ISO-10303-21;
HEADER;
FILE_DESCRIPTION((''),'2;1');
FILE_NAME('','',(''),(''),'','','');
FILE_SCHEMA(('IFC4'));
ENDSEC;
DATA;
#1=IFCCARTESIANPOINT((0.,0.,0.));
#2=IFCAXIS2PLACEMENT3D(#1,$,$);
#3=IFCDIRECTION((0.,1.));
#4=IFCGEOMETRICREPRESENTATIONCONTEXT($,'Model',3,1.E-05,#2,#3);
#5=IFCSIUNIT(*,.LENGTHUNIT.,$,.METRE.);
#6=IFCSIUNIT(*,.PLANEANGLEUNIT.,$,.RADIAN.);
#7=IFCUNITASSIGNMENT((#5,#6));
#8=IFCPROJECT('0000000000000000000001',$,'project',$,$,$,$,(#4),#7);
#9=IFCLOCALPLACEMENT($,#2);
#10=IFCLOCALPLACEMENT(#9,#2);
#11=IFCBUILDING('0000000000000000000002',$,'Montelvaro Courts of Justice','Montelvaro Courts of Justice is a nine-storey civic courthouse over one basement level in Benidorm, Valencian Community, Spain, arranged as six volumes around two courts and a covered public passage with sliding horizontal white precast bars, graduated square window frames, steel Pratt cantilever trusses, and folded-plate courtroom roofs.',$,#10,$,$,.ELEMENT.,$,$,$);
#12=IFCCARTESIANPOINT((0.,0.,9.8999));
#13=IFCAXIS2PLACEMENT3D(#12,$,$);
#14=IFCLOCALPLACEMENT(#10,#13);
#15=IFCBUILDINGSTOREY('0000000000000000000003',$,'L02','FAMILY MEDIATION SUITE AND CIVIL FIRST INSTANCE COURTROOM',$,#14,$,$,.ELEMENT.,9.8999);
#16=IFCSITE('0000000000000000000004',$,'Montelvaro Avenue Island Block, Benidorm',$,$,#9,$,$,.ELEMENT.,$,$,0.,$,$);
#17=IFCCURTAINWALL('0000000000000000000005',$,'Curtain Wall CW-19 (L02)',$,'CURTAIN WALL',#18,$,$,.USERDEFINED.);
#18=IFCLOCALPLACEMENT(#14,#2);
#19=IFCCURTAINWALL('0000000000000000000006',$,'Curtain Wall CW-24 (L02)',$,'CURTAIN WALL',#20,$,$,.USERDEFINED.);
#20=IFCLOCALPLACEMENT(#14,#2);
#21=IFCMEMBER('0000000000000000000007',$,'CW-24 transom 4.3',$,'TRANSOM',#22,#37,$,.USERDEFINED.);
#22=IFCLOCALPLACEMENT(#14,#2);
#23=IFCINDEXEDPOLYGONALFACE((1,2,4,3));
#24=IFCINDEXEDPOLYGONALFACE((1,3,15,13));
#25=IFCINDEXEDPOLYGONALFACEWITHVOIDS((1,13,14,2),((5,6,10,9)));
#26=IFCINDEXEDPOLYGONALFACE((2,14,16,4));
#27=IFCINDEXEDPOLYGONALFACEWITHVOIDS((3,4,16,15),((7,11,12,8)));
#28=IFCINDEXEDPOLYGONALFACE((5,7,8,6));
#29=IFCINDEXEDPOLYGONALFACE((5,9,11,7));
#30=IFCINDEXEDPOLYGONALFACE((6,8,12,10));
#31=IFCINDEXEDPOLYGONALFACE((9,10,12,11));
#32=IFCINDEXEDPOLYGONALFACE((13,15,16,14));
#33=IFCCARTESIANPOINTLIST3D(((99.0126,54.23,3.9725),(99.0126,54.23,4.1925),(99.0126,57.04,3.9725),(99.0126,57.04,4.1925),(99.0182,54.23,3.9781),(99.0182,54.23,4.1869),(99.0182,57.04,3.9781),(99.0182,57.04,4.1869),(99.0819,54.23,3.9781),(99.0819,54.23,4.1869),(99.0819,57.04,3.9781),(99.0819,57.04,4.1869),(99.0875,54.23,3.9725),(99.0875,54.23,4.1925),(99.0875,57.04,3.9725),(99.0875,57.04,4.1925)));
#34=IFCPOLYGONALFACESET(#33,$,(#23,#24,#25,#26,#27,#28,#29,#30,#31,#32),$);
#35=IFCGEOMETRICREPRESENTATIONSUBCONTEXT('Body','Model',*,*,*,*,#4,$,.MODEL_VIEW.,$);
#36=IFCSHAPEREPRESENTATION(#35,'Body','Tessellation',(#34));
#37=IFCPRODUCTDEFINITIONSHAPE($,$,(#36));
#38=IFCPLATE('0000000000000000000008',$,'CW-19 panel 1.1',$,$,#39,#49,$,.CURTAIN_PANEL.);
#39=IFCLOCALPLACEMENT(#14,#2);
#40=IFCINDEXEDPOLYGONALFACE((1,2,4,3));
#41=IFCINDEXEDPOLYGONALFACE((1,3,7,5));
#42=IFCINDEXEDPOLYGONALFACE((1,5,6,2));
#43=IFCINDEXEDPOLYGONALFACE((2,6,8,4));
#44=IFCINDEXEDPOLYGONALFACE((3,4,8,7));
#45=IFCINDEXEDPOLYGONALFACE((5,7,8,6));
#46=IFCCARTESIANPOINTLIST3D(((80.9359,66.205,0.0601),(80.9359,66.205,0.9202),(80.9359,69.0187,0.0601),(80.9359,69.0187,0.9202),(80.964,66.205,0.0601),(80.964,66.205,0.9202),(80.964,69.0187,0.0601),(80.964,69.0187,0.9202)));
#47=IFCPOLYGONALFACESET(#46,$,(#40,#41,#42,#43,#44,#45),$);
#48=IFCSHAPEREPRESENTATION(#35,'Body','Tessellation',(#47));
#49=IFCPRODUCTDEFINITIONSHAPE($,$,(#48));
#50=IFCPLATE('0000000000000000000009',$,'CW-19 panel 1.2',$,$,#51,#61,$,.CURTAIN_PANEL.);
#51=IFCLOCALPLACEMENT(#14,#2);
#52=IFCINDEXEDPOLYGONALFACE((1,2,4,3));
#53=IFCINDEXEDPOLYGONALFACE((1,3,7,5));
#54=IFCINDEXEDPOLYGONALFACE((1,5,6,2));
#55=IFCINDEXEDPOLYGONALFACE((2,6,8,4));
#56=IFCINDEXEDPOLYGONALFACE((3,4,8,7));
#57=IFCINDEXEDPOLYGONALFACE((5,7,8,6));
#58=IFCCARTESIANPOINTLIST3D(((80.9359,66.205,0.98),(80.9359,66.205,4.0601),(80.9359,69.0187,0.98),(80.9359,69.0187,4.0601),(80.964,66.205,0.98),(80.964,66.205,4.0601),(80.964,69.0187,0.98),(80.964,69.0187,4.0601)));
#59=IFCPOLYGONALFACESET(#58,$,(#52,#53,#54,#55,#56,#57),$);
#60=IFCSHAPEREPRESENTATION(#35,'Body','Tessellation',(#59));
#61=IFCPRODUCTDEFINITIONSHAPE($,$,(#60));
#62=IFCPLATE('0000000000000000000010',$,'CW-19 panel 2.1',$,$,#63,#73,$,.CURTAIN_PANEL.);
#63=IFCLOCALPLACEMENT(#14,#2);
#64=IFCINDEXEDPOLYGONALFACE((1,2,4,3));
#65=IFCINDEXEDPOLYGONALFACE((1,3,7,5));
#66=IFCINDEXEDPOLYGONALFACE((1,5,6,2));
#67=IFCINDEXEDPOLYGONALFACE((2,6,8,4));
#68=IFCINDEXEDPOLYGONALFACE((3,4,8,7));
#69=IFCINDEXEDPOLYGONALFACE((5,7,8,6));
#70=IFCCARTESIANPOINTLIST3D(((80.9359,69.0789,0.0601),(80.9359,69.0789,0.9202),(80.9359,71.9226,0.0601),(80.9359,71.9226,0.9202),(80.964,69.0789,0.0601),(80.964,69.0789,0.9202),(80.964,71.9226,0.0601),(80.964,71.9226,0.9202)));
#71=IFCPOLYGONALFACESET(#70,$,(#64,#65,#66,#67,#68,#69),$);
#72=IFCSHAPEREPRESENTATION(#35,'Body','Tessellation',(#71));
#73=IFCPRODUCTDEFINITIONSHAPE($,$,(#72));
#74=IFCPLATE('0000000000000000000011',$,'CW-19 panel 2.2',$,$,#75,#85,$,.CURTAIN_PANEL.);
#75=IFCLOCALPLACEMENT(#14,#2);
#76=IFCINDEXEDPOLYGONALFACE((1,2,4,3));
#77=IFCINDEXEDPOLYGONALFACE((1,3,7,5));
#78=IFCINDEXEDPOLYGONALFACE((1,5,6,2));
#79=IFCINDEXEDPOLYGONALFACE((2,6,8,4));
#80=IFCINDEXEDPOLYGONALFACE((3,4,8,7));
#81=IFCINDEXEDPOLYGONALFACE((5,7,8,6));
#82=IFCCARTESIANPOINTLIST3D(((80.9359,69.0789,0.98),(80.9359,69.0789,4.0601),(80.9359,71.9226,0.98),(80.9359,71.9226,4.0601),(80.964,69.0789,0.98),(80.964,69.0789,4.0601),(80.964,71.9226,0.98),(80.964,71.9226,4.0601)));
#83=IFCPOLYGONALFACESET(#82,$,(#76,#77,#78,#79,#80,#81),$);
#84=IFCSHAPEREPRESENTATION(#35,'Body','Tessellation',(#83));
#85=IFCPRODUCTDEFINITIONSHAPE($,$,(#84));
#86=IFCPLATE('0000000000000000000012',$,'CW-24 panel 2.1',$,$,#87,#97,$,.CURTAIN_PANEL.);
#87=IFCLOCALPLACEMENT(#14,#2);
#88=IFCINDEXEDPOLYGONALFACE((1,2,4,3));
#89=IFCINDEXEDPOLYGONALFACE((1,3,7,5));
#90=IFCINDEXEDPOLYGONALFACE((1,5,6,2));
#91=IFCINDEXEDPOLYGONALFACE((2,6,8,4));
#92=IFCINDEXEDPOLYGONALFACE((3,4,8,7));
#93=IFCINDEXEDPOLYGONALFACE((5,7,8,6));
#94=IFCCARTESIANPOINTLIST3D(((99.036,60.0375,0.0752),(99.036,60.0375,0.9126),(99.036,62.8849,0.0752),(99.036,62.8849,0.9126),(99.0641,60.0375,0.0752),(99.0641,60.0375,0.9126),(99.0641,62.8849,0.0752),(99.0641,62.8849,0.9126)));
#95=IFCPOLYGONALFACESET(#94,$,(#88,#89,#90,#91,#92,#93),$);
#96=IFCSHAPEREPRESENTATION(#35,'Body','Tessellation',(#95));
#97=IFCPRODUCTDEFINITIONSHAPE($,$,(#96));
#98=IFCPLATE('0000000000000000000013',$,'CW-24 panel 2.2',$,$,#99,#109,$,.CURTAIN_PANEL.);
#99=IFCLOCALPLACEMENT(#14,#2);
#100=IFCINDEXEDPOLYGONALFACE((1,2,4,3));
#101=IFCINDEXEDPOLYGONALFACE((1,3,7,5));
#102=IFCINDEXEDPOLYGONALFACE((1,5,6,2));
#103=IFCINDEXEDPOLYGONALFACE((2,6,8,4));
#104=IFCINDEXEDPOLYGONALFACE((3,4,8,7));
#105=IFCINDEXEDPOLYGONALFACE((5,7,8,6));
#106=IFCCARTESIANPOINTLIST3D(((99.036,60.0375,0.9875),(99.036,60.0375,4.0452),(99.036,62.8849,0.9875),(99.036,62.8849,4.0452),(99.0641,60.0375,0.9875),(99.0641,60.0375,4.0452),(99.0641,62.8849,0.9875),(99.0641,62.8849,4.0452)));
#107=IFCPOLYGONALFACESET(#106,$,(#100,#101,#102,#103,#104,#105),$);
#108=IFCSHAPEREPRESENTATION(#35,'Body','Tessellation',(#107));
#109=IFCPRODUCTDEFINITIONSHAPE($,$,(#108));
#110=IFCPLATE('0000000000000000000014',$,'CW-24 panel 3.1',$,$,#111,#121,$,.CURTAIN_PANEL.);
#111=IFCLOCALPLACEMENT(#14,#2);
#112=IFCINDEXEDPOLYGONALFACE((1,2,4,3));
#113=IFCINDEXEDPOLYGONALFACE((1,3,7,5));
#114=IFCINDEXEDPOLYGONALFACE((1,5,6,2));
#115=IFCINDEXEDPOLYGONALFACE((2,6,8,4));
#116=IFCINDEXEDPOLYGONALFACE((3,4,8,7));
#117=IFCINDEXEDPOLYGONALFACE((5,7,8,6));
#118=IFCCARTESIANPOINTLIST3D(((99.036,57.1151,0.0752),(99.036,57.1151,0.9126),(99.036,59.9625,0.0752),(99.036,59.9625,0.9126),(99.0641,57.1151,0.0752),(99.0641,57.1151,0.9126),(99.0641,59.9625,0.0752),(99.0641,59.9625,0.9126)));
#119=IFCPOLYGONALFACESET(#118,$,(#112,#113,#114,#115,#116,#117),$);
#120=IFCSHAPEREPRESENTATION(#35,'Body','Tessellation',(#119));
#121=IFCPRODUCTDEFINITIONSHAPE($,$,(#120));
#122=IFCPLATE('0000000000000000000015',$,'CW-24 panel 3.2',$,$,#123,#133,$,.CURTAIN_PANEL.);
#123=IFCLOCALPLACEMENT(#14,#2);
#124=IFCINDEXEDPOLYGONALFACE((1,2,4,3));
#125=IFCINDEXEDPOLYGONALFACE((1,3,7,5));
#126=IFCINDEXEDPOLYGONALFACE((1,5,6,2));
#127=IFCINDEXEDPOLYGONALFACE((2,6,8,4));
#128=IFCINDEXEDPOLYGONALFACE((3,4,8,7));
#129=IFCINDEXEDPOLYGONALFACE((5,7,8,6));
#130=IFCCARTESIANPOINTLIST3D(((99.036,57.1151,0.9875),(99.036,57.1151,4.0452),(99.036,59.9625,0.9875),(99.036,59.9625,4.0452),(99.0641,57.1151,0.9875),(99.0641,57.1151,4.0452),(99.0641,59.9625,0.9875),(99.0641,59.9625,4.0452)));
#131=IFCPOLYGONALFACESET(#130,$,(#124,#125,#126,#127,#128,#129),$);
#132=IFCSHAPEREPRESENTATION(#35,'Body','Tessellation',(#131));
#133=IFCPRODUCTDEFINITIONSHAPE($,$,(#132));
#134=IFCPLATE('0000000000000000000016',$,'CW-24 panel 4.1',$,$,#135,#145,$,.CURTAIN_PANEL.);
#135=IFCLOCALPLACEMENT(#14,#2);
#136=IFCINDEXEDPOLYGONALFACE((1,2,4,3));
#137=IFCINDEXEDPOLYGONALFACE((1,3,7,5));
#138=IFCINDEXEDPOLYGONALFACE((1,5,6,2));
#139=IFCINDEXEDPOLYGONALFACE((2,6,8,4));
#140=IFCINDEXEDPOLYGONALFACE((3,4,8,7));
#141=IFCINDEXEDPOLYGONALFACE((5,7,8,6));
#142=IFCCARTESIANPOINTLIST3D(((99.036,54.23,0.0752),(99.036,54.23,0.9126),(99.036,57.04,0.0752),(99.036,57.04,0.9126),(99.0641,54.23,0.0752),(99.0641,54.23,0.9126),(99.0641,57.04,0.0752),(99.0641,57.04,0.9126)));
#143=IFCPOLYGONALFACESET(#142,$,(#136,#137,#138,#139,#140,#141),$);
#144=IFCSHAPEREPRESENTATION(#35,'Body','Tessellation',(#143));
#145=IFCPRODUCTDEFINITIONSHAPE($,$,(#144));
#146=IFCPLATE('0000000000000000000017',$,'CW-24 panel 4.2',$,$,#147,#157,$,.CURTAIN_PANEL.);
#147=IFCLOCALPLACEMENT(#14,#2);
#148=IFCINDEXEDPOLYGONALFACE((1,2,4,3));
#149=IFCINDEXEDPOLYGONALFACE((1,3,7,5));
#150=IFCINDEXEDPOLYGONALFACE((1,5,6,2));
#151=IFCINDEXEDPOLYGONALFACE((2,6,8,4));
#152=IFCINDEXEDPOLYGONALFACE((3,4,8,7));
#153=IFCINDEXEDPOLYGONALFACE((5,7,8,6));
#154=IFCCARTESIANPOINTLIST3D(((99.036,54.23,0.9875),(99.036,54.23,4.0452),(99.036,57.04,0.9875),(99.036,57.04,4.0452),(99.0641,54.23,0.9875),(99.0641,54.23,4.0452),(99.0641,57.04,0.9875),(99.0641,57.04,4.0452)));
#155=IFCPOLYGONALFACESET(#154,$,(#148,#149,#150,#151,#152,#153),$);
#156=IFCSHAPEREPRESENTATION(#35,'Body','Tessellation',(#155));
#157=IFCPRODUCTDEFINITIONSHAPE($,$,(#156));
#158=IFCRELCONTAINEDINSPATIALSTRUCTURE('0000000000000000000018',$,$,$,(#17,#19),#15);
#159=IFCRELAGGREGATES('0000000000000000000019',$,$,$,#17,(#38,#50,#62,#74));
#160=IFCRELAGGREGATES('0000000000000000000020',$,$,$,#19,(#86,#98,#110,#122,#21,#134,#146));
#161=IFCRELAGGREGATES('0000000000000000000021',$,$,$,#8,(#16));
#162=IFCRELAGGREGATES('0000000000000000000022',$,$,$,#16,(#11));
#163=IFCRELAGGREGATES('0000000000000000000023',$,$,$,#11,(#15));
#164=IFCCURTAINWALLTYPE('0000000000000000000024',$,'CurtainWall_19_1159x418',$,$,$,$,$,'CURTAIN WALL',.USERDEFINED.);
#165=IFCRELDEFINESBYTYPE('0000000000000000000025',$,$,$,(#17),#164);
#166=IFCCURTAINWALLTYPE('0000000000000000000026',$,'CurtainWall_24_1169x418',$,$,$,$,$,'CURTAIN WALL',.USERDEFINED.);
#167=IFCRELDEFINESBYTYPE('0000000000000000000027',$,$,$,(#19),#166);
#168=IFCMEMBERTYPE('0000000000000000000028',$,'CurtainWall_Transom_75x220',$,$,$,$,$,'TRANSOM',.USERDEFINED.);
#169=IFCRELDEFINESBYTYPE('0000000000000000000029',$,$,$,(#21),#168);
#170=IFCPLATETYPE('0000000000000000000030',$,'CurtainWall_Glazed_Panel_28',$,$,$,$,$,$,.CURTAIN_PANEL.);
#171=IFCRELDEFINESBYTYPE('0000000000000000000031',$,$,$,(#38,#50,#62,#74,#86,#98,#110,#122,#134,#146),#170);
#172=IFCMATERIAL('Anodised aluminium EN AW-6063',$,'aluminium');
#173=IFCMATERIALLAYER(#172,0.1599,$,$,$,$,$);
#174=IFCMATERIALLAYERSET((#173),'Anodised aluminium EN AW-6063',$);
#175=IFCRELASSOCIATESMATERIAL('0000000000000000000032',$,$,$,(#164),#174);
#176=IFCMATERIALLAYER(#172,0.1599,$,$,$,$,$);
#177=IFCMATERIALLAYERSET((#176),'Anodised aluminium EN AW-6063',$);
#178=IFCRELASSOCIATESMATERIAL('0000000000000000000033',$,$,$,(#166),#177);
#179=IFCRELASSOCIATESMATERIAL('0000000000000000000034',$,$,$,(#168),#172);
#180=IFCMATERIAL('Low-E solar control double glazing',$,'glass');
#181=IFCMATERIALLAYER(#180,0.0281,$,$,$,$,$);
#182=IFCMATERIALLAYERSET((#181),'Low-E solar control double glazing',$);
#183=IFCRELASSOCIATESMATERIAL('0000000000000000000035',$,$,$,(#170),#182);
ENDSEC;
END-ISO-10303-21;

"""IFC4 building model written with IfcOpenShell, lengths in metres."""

from ifc_helpers import new_model, si_unit, direction, frame, origin, origin_2d, place, context, subcontext, project, spatial, rectangle, hollow_rectangle, extrude, material, layer, layer_set, material_profile, profile_set, type_object, element, aggregate, save


model = new_model("IFC4")

# Units and contexts
model_context = context("Model", 3, precision=1e-05, world=origin(), true_north=direction((0.0, 1.0)))
body_context = subcontext(model_context, "Body", "Model", "MODEL_VIEW")
ifc_project = project(units=[si_unit("LENGTHUNIT", "METRE"), si_unit("PLANEANGLEUNIT", "RADIAN")], contexts=[model_context])

# Site, building, storey
site_placement = place(None, origin())
site = spatial("IfcSite", under=ifc_project, at=site_placement, Name="Montelvaro Avenue Island Block, Benidorm", CompositionType="ELEMENT", RefElevation=0.0)
building_placement = place(site_placement, origin())
building = spatial("IfcBuilding", under=site, at=building_placement, Name="Montelvaro Courts of Justice", Description="Montelvaro Courts of Justice is a nine-storey civic courthouse over one basement level in Benidorm, Valencian Community, Spain, arranged as six volumes around two courts and a covered public passage with sliding horizontal white precast bars, graduated square window frames, steel Pratt cantilever trusses, and folded-plate courtroom roofs.", CompositionType="ELEMENT")
storey_placement = place(building_placement, frame((0.0, 0.0, 9.8999)))
storey = spatial("IfcBuildingStorey", under=building, at=storey_placement, Name="L02", Description="FAMILY MEDIATION SUITE AND CIVIL FIRST INSTANCE COURTROOM", CompositionType="ELEMENT", Elevation=9.8999)

# Curtain walls
ifc_material_1 = material(Name="Anodised aluminium EN AW-6063", Category="aluminium")
ifc_layer_1 = layer(ifc_material_1, 0.1599)
ifc_layer_set_1 = layer_set([ifc_layer_1], Name="Anodised aluminium EN AW-6063")
curtain_wall_type_1 = type_object("IfcCurtainWallType", Name="CurtainWall_19_1159x418", ElementType="CURTAIN WALL", PredefinedType="USERDEFINED", material=ifc_layer_set_1)
curtain_wall_1_placement = place(storey_placement, origin())
curtain_wall_1 = element("IfcCurtainWall", 1, at=curtain_wall_1_placement, inside=storey, type_object=curtain_wall_type_1, Name="Curtain Wall CW-19 (L02)", ObjectType="CURTAIN WALL", PredefinedType="USERDEFINED")
ifc_layer_2 = layer(ifc_material_1, 0.1599)
ifc_layer_set_2 = layer_set([ifc_layer_2], Name="Anodised aluminium EN AW-6063")
curtain_wall_type_2 = type_object("IfcCurtainWallType", Name="CurtainWall_24_1169x418", ElementType="CURTAIN WALL", PredefinedType="USERDEFINED", material=ifc_layer_set_2)
curtain_wall_2_placement = place(storey_placement, origin())
curtain_wall_2 = element("IfcCurtainWall", 2, at=curtain_wall_2_placement, inside=storey, type_object=curtain_wall_type_2, Name="Curtain Wall CW-24 (L02)", ObjectType="CURTAIN WALL", PredefinedType="USERDEFINED")

# Member
ifc_material_profile_1 = material_profile(ifc_material_1, hollow_rectangle(XDim=0.075, YDim=0.22, WallThickness=0.0056, at=origin_2d()), Name="ALU-T 75x220")
ifc_profile_set_1 = profile_set([ifc_material_profile_1], Name="Anodised aluminium EN AW-6063")
member_type_1 = type_object("IfcMemberType", Name="CurtainWall_Transom_75x220", ElementType="TRANSOM", PredefinedType="USERDEFINED", material=ifc_profile_set_1)
member_1_placement = place(storey_placement, frame((99.05, 57.04, 4.0825), z_axis=(0.0, -1.0, 0.0), x_axis=(1.0, 0.0, 0.0)))
member_1 = element("IfcMember", 3, at=member_1_placement, type_object=member_type_1, Name="CW-24 transom 4.3", ObjectType="TRANSOM", PredefinedType="USERDEFINED", context=body_context, shape_type="SweptSolid", body=[
    extrude(hollow_rectangle(XDim=0.075, YDim=0.22, WallThickness=0.0056, at=origin_2d()), origin(), (0.0, 0.0, 1.0), 2.8101),
])

# Plates
ifc_material_2 = material(Name="Low-E solar control double glazing", Category="glass")
ifc_layer_3 = layer(ifc_material_2, 0.0281)
ifc_layer_set_3 = layer_set([ifc_layer_3], Name="Low-E solar control double glazing")
plate_type = type_object("IfcPlateType", Name="CurtainWall_Glazed_Panel_28", PredefinedType="CURTAIN_PANEL", material=ifc_layer_set_3)
plate_1_placement = place(storey_placement, frame((80.95, 67.6118, 0.0601), z_axis=(0.0, 0.0, 1.0), x_axis=(0.0, 1.0, 0.0)))
plate_1 = element("IfcPlate", 4, at=plate_1_placement, type_object=plate_type, Name="CW-19 panel 1.1", PredefinedType="CURTAIN_PANEL", context=body_context, shape_type="SweptSolid", body=[
    extrude(rectangle(XDim=2.8137, YDim=0.0281, at=origin_2d()), origin(), (0.0, 0.0, 1.0), 0.8601),
])
plate_2_placement = place(storey_placement, frame((80.95, 67.6118, 0.98), z_axis=(0.0, 0.0, 1.0), x_axis=(0.0, 1.0, 0.0)))
plate_2 = element("IfcPlate", 5, at=plate_2_placement, type_object=plate_type, Name="CW-19 panel 1.2", PredefinedType="CURTAIN_PANEL", context=body_context, shape_type="SweptSolid", body=[
    extrude(rectangle(XDim=2.8137, YDim=0.0281, at=origin_2d()), origin(), (0.0, 0.0, 1.0), 3.0801),
])
plate_3_placement = place(storey_placement, frame((80.95, 70.5007, 0.0601), z_axis=(0.0, 0.0, 1.0), x_axis=(0.0, 1.0, 0.0)))
plate_3 = element("IfcPlate", 6, at=plate_3_placement, type_object=plate_type, Name="CW-19 panel 2.1", PredefinedType="CURTAIN_PANEL", context=body_context, shape_type="SweptSolid", body=[
    extrude(rectangle(XDim=2.8438, YDim=0.0281, at=origin_2d()), origin(), (0.0, 0.0, 1.0), 0.8601),
])
plate_4_placement = place(storey_placement, frame((80.95, 70.5007, 0.98), z_axis=(0.0, 0.0, 1.0), x_axis=(0.0, 1.0, 0.0)))
plate_4 = element("IfcPlate", 7, at=plate_4_placement, type_object=plate_type, Name="CW-19 panel 2.2", PredefinedType="CURTAIN_PANEL", context=body_context, shape_type="SweptSolid", body=[
    extrude(rectangle(XDim=2.8438, YDim=0.0281, at=origin_2d()), origin(), (0.0, 0.0, 1.0), 3.0801),
])
aggregate(curtain_wall_1, [plate_1, plate_2, plate_3, plate_4])
plate_5_placement = place(storey_placement, frame((99.05, 61.4612, 0.0752), z_axis=(0.0, 0.0, 1.0), x_axis=(0.0, -1.0, 0.0)))
plate_5 = element("IfcPlate", 8, at=plate_5_placement, type_object=plate_type, Name="CW-24 panel 2.1", PredefinedType="CURTAIN_PANEL", context=body_context, shape_type="SweptSolid", body=[
    extrude(rectangle(XDim=2.8474, YDim=0.0281, at=origin_2d()), origin(), (0.0, 0.0, 1.0), 0.8374),
])
plate_6_placement = place(storey_placement, frame((99.05, 61.4612, 0.9875), z_axis=(0.0, 0.0, 1.0), x_axis=(0.0, -1.0, 0.0)))
plate_6 = element("IfcPlate", 9, at=plate_6_placement, type_object=plate_type, Name="CW-24 panel 2.2", PredefinedType="CURTAIN_PANEL", context=body_context, shape_type="SweptSolid", body=[
    extrude(rectangle(XDim=2.8474, YDim=0.0281, at=origin_2d()), origin(), (0.0, 0.0, 1.0), 3.0576),
])
plate_7_placement = place(storey_placement, frame((99.05, 58.5388, 0.0752), z_axis=(0.0, 0.0, 1.0), x_axis=(0.0, -1.0, 0.0)))
plate_7 = element("IfcPlate", 10, at=plate_7_placement, type_object=plate_type, Name="CW-24 panel 3.1", PredefinedType="CURTAIN_PANEL", context=body_context, shape_type="SweptSolid", body=[
    extrude(rectangle(XDim=2.8474, YDim=0.0281, at=origin_2d()), origin(), (0.0, 0.0, 1.0), 0.8374),
])
plate_8_placement = place(storey_placement, frame((99.05, 58.5388, 0.9875), z_axis=(0.0, 0.0, 1.0), x_axis=(0.0, -1.0, 0.0)))
plate_8 = element("IfcPlate", 11, at=plate_8_placement, type_object=plate_type, Name="CW-24 panel 3.2", PredefinedType="CURTAIN_PANEL", context=body_context, shape_type="SweptSolid", body=[
    extrude(rectangle(XDim=2.8474, YDim=0.0281, at=origin_2d()), origin(), (0.0, 0.0, 1.0), 3.0576),
])
plate_9_placement = place(storey_placement, frame((99.05, 55.635, 0.0752), z_axis=(0.0, 0.0, 1.0), x_axis=(0.0, -1.0, 0.0)))
plate_9 = element("IfcPlate", 12, at=plate_9_placement, type_object=plate_type, Name="CW-24 panel 4.1", PredefinedType="CURTAIN_PANEL", context=body_context, shape_type="SweptSolid", body=[
    extrude(rectangle(XDim=2.8101, YDim=0.0281, at=origin_2d()), origin(), (0.0, 0.0, 1.0), 0.8374),
])
plate_10_placement = place(storey_placement, frame((99.05, 55.635, 0.9875), z_axis=(0.0, 0.0, 1.0), x_axis=(0.0, -1.0, 0.0)))
plate_10 = element("IfcPlate", 13, at=plate_10_placement, type_object=plate_type, Name="CW-24 panel 4.2", PredefinedType="CURTAIN_PANEL", context=body_context, shape_type="SweptSolid", body=[
    extrude(rectangle(XDim=2.8101, YDim=0.0281, at=origin_2d()), origin(), (0.0, 0.0, 1.0), 3.0576),
])
aggregate(curtain_wall_2, [plate_5, plate_6, plate_7, plate_8, member_1, plate_9, plate_10])

save(model, "model.ifc")
